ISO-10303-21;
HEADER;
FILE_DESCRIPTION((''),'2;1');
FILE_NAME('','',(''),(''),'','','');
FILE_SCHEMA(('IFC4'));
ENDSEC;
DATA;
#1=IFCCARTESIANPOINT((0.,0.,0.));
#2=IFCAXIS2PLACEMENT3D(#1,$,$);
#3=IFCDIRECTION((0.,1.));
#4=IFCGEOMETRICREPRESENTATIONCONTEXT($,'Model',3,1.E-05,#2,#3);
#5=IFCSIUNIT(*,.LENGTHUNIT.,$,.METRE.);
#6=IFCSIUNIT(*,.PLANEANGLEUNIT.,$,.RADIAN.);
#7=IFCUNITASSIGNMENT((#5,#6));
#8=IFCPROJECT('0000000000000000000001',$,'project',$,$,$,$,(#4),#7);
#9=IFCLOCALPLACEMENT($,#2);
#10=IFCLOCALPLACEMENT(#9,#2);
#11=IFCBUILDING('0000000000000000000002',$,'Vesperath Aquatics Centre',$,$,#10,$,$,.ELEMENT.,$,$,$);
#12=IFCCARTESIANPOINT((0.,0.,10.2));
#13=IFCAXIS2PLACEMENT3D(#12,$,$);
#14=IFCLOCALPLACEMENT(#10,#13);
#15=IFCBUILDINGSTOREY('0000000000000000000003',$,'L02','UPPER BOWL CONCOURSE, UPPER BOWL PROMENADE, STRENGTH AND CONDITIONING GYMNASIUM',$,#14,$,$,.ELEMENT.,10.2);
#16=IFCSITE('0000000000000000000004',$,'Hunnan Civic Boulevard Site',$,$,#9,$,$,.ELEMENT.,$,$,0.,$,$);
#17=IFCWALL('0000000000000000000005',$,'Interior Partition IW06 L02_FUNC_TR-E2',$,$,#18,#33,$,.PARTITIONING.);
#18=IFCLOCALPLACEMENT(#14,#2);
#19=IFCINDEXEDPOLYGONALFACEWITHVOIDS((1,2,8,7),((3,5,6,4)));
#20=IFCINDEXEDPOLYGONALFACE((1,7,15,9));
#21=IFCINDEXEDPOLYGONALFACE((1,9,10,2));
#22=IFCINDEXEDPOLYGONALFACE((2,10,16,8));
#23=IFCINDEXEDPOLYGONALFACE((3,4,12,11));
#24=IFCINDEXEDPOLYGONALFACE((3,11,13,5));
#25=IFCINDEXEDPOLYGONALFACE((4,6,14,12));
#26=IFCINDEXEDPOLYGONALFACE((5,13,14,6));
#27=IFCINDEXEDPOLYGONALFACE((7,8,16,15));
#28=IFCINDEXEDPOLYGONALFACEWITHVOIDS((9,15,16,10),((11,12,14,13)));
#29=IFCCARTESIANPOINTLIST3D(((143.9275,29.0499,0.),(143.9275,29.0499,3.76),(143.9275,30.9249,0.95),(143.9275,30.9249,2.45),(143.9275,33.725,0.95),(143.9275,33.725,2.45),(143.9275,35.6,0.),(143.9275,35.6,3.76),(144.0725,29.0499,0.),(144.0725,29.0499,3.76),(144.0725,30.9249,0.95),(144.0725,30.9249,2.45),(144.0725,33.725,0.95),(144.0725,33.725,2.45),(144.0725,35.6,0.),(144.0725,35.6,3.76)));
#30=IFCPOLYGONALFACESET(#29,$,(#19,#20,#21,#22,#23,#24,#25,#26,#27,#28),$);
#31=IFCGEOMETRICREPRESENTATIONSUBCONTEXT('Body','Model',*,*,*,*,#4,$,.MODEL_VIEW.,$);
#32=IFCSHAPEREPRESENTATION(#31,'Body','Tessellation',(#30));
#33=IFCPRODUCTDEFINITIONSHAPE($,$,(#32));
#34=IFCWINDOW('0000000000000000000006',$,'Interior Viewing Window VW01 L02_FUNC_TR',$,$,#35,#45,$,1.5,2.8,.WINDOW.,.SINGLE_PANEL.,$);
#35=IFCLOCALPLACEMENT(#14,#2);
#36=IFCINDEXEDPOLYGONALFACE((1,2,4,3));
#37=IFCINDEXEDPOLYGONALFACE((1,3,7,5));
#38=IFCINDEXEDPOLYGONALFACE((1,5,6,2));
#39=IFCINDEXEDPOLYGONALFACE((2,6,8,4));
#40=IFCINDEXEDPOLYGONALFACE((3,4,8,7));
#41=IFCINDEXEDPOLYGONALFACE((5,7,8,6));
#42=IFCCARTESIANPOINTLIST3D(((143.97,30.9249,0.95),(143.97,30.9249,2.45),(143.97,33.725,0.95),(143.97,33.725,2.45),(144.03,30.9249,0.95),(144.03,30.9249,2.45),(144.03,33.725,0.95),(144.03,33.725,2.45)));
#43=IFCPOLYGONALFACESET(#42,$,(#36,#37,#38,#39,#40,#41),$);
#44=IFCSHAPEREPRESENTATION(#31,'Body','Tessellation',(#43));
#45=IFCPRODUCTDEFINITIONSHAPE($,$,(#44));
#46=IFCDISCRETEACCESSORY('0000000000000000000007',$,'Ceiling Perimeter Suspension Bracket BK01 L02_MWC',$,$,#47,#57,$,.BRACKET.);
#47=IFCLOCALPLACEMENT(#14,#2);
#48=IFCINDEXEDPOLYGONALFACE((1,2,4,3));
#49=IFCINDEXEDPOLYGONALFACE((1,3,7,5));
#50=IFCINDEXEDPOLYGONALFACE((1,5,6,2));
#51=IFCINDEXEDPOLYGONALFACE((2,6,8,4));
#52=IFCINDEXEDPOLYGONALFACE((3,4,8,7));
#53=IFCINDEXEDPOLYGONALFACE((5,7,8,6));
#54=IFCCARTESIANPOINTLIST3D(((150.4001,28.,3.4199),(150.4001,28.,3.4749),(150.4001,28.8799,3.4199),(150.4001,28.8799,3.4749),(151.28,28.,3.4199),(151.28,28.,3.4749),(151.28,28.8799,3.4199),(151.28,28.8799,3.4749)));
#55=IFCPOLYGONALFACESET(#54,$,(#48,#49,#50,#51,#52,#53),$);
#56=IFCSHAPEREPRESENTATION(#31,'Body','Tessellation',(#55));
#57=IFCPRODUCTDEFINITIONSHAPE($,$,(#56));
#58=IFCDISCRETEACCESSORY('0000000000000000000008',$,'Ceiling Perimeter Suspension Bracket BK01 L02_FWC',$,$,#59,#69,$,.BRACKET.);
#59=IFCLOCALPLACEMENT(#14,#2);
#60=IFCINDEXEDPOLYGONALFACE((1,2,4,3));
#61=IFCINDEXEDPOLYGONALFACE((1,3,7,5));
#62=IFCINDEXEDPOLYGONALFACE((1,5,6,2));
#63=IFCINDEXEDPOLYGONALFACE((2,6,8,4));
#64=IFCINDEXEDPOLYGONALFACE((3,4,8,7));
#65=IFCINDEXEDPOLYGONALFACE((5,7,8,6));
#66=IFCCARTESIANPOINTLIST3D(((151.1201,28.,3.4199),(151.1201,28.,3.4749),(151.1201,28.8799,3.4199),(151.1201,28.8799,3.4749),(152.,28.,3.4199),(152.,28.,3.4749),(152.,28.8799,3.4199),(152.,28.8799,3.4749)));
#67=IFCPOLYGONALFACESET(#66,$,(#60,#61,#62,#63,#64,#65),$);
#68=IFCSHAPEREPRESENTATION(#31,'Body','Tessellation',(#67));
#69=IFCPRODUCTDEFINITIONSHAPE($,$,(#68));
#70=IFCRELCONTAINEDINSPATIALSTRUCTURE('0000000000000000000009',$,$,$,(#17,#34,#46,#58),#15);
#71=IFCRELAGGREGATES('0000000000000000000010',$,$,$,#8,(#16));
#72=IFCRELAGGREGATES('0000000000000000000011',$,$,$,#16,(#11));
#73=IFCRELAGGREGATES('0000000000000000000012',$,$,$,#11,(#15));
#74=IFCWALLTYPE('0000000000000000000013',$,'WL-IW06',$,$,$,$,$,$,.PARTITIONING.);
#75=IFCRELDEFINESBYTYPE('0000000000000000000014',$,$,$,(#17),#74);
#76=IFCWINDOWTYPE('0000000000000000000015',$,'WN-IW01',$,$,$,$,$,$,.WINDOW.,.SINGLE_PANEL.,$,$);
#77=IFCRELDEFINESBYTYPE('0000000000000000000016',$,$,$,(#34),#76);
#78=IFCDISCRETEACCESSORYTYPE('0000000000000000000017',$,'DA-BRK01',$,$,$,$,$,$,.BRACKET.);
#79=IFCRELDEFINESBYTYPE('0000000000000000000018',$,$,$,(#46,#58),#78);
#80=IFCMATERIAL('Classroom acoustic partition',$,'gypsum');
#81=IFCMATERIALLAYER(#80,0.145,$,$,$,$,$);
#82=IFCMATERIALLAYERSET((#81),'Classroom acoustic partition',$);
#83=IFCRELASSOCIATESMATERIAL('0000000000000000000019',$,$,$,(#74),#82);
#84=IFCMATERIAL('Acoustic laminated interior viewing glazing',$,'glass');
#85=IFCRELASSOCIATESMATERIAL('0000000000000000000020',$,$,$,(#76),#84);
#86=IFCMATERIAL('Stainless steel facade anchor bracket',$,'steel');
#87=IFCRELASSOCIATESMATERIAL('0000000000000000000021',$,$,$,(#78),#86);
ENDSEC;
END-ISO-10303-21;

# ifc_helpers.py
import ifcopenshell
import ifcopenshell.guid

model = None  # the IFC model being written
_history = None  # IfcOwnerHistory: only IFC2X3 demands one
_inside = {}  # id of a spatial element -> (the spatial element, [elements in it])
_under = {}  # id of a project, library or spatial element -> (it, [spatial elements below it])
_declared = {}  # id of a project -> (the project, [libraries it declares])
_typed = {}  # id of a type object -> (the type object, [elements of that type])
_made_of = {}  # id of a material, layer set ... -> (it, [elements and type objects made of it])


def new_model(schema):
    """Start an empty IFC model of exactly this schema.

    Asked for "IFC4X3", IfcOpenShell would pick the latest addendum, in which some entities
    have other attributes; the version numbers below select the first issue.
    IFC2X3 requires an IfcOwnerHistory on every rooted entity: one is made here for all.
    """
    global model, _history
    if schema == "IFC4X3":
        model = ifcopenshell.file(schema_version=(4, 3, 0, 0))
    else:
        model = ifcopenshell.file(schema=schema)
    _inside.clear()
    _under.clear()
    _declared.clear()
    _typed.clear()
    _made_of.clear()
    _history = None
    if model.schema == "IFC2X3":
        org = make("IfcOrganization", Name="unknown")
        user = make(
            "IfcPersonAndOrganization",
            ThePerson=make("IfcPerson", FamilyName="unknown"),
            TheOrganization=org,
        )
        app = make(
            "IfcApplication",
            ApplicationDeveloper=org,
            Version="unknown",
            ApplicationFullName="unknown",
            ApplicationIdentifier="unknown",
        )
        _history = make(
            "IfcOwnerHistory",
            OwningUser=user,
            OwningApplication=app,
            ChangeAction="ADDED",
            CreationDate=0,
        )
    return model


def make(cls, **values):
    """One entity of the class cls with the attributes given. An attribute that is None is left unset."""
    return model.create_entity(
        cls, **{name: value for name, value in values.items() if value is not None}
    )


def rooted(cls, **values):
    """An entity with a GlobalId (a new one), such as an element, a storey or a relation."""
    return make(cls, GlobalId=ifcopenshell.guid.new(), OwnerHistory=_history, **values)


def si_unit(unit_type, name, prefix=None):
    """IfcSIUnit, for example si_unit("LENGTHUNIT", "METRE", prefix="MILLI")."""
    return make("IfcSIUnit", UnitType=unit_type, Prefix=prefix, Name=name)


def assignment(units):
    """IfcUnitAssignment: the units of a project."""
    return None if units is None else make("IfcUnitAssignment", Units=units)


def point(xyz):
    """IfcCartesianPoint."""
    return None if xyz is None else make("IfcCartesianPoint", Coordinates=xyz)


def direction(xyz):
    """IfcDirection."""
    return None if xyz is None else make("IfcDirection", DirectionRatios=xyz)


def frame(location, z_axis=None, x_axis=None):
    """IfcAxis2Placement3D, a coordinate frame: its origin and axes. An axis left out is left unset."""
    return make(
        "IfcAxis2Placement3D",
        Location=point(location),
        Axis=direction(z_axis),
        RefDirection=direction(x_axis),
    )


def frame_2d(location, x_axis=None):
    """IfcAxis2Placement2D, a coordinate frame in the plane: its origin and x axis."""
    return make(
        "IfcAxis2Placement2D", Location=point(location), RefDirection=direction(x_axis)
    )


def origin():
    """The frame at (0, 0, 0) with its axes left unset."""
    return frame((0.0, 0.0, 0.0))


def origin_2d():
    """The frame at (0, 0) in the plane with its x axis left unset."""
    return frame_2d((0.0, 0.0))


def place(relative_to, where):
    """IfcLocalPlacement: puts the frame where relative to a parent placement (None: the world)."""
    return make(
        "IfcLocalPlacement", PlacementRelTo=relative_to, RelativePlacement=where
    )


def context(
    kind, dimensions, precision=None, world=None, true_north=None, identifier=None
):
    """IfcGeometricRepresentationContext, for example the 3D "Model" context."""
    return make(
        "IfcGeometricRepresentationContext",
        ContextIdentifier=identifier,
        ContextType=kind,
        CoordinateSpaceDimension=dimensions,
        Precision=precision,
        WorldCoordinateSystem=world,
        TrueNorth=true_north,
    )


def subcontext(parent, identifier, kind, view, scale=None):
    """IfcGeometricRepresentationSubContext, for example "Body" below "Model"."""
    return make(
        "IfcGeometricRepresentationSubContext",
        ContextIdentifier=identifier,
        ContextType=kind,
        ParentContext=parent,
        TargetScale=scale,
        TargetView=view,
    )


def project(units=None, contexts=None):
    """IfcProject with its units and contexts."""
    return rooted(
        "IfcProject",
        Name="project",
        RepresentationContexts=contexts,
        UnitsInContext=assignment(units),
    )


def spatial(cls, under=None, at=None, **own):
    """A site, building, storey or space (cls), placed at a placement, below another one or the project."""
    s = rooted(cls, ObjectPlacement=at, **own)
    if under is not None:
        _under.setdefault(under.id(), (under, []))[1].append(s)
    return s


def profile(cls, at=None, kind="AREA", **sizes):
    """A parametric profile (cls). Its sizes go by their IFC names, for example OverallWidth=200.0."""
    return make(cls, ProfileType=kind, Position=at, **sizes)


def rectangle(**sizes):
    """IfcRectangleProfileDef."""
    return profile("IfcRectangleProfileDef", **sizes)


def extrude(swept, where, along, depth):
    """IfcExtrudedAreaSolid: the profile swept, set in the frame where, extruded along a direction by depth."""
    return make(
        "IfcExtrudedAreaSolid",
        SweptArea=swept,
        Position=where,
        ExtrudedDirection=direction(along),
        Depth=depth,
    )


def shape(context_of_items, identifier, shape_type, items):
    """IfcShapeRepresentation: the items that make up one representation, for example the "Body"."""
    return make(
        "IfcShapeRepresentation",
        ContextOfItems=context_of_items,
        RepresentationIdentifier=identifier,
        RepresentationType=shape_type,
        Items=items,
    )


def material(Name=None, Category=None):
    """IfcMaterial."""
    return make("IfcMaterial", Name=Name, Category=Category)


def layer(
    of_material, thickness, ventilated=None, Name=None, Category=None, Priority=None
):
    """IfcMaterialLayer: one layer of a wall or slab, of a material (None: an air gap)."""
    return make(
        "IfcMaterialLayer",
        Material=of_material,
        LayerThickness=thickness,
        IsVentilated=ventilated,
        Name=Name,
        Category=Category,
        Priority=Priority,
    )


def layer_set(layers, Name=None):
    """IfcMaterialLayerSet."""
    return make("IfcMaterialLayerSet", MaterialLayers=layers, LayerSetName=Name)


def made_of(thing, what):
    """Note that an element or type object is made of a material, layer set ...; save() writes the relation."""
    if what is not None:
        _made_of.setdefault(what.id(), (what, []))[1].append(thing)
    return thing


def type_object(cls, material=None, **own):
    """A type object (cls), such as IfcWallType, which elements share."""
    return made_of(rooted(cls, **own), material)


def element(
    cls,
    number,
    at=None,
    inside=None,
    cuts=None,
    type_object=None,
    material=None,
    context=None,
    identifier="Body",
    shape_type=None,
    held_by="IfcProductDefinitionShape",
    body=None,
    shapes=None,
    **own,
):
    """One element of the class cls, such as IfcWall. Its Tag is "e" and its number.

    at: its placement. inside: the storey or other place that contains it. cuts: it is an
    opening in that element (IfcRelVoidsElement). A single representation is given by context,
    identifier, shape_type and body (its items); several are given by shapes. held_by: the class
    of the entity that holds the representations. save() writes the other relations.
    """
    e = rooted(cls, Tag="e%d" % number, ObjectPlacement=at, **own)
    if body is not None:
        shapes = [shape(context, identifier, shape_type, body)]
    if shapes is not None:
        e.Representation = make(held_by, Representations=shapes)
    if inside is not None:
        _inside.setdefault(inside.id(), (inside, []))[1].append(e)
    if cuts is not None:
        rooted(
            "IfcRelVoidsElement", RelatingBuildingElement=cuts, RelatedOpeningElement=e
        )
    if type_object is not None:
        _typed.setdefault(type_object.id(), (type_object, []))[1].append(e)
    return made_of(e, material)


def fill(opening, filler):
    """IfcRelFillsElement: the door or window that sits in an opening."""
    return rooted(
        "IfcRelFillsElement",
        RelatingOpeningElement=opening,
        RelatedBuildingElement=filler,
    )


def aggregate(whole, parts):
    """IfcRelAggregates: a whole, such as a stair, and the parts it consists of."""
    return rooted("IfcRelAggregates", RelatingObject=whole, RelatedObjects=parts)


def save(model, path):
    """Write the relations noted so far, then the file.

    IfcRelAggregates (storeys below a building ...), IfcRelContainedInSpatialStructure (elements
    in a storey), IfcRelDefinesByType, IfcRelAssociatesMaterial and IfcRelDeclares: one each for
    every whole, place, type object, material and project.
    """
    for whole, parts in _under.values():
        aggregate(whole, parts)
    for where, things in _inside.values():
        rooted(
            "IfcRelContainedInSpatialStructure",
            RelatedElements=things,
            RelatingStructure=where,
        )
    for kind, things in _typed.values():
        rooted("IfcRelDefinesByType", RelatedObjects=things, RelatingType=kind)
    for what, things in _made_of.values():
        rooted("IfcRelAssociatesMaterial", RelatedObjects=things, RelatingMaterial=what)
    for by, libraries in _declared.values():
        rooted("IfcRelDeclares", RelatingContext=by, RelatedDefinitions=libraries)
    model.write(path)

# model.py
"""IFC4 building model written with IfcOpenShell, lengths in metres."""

from ifc_helpers import new_model, si_unit, direction, frame, frame_2d, origin, origin_2d, place, context, subcontext, project, spatial, rectangle, extrude, material, layer, layer_set, type_object, element, fill, save


model = new_model("IFC4")

# Units and contexts
model_context = context("Model", 3, precision=1e-05, world=origin(), true_north=direction((0.0, 1.0)))
body_context = subcontext(model_context, "Body", "Model", "MODEL_VIEW")
ifc_project = project(units=[si_unit("LENGTHUNIT", "METRE"), si_unit("PLANEANGLEUNIT", "RADIAN")], contexts=[model_context])

# Site, building, storey
site_placement = place(None, origin())
site = spatial("IfcSite", under=ifc_project, at=site_placement, Name="Hunnan Civic Boulevard Site", CompositionType="ELEMENT", RefElevation=0.0)
building_placement = place(site_placement, origin())
building = spatial("IfcBuilding", under=site, at=building_placement, Name="Vesperath Aquatics Centre", CompositionType="ELEMENT")
storey_placement = place(building_placement, frame((0.0, 0.0, 10.2)))
storey = spatial("IfcBuildingStorey", under=building, at=storey_placement, Name="L02", Description="UPPER BOWL CONCOURSE, UPPER BOWL PROMENADE, STRENGTH AND CONDITIONING GYMNASIUM", CompositionType="ELEMENT", Elevation=10.2)

# Wall, opening, window
ifc_material_1 = material(Name="Classroom acoustic partition", Category="gypsum")
ifc_layer_1 = layer(ifc_material_1, 0.145)
ifc_layer_set_1 = layer_set([ifc_layer_1], Name="Classroom acoustic partition")
wall_type_1 = type_object("IfcWallType", Name="WL-IW06", PredefinedType="PARTITIONING", material=ifc_layer_set_1)
wall_1_placement = place(storey_placement, frame((144.0, 29.05, 0.0), z_axis=(0.0, 0.0, 1.0), x_axis=(0.0, 1.0, 0.0)))
wall_1 = element("IfcWall", 1, at=wall_1_placement, inside=storey, type_object=wall_type_1, Name="Interior Partition IW06 L02_FUNC_TR-E2", PredefinedType="PARTITIONING", context=body_context, shape_type="SweptSolid", body=[
    extrude(rectangle(XDim=6.55, YDim=0.145, at=frame_2d((3.2749, 0.0))), origin(), (0.0, 0.0, 1.0), 3.76),
])
opening_1_placement = place(wall_1_placement, frame((1.875, 0.0, 0.95)))
opening_1 = element("IfcOpeningElement", 2, at=opening_1_placement, cuts=wall_1, PredefinedType="OPENING", context=body_context, shape_type="SweptSolid", body=[
    extrude(rectangle(XDim=2.8, YDim=1.5, at=frame_2d((1.3999, 0.75))), frame((0.0, 0.0874, 0.0), z_axis=(0.0, -1.0, 0.0), x_axis=(1.0, 0.0, 0.0)), (0.0, 0.0, 1.0), 0.1748),
])
ifc_material_2 = material(Name="Acoustic laminated interior viewing glazing", Category="glass")
window_type = type_object("IfcWindowType", Name="WN-IW01", PartitioningType="SINGLE_PANEL", PredefinedType="WINDOW", material=ifc_material_2)
window_placement = place(opening_1_placement, origin())
window = element("IfcWindow", 3, at=window_placement, inside=storey, type_object=window_type, Name="Interior Viewing Window VW01 L02_FUNC_TR", OverallHeight=1.5, OverallWidth=2.8, PartitioningType="SINGLE_PANEL", PredefinedType="WINDOW", context=body_context, shape_type="SweptSolid", body=[
    extrude(rectangle(XDim=2.8, YDim=1.5, at=frame_2d((1.3999, 0.75))), frame((0.0, 0.03, 0.0), z_axis=(0.0, -1.0, 0.0), x_axis=(1.0, 0.0, 0.0)), (0.0, 0.0, 1.0), 0.0601),
])
fill(opening_1, window)

# Discrete accessories
ifc_material_3 = material(Name="Stainless steel facade anchor bracket", Category="steel")
discrete_accessory_type = type_object("IfcDiscreteAccessoryType", Name="DA-BRK01", PredefinedType="BRACKET", material=ifc_material_3)
for number, where, z_axis, x_axis, name in (
    (4, (150.8401, 28.4399, 3.4199), (0.0, 0.0, 1.0), (1.0, 0.0, 0.0), "Ceiling Perimeter Suspension Bracket BK01 L02_MWC"),
    (5, (151.5601, 28.4399, 3.4199), (0.0, 0.0, 1.0), (1.0, 0.0, 0.0), "Ceiling Perimeter Suspension Bracket BK01 L02_FWC"),
):
    element("IfcDiscreteAccessory", number, at=place(storey_placement, frame(where, z_axis=z_axis, x_axis=x_axis)), inside=storey, type_object=discrete_accessory_type, Name=name, PredefinedType="BRACKET", context=body_context, shape_type="SweptSolid", body=[
        extrude(rectangle(XDim=0.8799, YDim=0.8799, at=origin_2d()), origin(), (0.0, 0.0, 1.0), 0.0549),
    ])

save(model, "model.ifc")
